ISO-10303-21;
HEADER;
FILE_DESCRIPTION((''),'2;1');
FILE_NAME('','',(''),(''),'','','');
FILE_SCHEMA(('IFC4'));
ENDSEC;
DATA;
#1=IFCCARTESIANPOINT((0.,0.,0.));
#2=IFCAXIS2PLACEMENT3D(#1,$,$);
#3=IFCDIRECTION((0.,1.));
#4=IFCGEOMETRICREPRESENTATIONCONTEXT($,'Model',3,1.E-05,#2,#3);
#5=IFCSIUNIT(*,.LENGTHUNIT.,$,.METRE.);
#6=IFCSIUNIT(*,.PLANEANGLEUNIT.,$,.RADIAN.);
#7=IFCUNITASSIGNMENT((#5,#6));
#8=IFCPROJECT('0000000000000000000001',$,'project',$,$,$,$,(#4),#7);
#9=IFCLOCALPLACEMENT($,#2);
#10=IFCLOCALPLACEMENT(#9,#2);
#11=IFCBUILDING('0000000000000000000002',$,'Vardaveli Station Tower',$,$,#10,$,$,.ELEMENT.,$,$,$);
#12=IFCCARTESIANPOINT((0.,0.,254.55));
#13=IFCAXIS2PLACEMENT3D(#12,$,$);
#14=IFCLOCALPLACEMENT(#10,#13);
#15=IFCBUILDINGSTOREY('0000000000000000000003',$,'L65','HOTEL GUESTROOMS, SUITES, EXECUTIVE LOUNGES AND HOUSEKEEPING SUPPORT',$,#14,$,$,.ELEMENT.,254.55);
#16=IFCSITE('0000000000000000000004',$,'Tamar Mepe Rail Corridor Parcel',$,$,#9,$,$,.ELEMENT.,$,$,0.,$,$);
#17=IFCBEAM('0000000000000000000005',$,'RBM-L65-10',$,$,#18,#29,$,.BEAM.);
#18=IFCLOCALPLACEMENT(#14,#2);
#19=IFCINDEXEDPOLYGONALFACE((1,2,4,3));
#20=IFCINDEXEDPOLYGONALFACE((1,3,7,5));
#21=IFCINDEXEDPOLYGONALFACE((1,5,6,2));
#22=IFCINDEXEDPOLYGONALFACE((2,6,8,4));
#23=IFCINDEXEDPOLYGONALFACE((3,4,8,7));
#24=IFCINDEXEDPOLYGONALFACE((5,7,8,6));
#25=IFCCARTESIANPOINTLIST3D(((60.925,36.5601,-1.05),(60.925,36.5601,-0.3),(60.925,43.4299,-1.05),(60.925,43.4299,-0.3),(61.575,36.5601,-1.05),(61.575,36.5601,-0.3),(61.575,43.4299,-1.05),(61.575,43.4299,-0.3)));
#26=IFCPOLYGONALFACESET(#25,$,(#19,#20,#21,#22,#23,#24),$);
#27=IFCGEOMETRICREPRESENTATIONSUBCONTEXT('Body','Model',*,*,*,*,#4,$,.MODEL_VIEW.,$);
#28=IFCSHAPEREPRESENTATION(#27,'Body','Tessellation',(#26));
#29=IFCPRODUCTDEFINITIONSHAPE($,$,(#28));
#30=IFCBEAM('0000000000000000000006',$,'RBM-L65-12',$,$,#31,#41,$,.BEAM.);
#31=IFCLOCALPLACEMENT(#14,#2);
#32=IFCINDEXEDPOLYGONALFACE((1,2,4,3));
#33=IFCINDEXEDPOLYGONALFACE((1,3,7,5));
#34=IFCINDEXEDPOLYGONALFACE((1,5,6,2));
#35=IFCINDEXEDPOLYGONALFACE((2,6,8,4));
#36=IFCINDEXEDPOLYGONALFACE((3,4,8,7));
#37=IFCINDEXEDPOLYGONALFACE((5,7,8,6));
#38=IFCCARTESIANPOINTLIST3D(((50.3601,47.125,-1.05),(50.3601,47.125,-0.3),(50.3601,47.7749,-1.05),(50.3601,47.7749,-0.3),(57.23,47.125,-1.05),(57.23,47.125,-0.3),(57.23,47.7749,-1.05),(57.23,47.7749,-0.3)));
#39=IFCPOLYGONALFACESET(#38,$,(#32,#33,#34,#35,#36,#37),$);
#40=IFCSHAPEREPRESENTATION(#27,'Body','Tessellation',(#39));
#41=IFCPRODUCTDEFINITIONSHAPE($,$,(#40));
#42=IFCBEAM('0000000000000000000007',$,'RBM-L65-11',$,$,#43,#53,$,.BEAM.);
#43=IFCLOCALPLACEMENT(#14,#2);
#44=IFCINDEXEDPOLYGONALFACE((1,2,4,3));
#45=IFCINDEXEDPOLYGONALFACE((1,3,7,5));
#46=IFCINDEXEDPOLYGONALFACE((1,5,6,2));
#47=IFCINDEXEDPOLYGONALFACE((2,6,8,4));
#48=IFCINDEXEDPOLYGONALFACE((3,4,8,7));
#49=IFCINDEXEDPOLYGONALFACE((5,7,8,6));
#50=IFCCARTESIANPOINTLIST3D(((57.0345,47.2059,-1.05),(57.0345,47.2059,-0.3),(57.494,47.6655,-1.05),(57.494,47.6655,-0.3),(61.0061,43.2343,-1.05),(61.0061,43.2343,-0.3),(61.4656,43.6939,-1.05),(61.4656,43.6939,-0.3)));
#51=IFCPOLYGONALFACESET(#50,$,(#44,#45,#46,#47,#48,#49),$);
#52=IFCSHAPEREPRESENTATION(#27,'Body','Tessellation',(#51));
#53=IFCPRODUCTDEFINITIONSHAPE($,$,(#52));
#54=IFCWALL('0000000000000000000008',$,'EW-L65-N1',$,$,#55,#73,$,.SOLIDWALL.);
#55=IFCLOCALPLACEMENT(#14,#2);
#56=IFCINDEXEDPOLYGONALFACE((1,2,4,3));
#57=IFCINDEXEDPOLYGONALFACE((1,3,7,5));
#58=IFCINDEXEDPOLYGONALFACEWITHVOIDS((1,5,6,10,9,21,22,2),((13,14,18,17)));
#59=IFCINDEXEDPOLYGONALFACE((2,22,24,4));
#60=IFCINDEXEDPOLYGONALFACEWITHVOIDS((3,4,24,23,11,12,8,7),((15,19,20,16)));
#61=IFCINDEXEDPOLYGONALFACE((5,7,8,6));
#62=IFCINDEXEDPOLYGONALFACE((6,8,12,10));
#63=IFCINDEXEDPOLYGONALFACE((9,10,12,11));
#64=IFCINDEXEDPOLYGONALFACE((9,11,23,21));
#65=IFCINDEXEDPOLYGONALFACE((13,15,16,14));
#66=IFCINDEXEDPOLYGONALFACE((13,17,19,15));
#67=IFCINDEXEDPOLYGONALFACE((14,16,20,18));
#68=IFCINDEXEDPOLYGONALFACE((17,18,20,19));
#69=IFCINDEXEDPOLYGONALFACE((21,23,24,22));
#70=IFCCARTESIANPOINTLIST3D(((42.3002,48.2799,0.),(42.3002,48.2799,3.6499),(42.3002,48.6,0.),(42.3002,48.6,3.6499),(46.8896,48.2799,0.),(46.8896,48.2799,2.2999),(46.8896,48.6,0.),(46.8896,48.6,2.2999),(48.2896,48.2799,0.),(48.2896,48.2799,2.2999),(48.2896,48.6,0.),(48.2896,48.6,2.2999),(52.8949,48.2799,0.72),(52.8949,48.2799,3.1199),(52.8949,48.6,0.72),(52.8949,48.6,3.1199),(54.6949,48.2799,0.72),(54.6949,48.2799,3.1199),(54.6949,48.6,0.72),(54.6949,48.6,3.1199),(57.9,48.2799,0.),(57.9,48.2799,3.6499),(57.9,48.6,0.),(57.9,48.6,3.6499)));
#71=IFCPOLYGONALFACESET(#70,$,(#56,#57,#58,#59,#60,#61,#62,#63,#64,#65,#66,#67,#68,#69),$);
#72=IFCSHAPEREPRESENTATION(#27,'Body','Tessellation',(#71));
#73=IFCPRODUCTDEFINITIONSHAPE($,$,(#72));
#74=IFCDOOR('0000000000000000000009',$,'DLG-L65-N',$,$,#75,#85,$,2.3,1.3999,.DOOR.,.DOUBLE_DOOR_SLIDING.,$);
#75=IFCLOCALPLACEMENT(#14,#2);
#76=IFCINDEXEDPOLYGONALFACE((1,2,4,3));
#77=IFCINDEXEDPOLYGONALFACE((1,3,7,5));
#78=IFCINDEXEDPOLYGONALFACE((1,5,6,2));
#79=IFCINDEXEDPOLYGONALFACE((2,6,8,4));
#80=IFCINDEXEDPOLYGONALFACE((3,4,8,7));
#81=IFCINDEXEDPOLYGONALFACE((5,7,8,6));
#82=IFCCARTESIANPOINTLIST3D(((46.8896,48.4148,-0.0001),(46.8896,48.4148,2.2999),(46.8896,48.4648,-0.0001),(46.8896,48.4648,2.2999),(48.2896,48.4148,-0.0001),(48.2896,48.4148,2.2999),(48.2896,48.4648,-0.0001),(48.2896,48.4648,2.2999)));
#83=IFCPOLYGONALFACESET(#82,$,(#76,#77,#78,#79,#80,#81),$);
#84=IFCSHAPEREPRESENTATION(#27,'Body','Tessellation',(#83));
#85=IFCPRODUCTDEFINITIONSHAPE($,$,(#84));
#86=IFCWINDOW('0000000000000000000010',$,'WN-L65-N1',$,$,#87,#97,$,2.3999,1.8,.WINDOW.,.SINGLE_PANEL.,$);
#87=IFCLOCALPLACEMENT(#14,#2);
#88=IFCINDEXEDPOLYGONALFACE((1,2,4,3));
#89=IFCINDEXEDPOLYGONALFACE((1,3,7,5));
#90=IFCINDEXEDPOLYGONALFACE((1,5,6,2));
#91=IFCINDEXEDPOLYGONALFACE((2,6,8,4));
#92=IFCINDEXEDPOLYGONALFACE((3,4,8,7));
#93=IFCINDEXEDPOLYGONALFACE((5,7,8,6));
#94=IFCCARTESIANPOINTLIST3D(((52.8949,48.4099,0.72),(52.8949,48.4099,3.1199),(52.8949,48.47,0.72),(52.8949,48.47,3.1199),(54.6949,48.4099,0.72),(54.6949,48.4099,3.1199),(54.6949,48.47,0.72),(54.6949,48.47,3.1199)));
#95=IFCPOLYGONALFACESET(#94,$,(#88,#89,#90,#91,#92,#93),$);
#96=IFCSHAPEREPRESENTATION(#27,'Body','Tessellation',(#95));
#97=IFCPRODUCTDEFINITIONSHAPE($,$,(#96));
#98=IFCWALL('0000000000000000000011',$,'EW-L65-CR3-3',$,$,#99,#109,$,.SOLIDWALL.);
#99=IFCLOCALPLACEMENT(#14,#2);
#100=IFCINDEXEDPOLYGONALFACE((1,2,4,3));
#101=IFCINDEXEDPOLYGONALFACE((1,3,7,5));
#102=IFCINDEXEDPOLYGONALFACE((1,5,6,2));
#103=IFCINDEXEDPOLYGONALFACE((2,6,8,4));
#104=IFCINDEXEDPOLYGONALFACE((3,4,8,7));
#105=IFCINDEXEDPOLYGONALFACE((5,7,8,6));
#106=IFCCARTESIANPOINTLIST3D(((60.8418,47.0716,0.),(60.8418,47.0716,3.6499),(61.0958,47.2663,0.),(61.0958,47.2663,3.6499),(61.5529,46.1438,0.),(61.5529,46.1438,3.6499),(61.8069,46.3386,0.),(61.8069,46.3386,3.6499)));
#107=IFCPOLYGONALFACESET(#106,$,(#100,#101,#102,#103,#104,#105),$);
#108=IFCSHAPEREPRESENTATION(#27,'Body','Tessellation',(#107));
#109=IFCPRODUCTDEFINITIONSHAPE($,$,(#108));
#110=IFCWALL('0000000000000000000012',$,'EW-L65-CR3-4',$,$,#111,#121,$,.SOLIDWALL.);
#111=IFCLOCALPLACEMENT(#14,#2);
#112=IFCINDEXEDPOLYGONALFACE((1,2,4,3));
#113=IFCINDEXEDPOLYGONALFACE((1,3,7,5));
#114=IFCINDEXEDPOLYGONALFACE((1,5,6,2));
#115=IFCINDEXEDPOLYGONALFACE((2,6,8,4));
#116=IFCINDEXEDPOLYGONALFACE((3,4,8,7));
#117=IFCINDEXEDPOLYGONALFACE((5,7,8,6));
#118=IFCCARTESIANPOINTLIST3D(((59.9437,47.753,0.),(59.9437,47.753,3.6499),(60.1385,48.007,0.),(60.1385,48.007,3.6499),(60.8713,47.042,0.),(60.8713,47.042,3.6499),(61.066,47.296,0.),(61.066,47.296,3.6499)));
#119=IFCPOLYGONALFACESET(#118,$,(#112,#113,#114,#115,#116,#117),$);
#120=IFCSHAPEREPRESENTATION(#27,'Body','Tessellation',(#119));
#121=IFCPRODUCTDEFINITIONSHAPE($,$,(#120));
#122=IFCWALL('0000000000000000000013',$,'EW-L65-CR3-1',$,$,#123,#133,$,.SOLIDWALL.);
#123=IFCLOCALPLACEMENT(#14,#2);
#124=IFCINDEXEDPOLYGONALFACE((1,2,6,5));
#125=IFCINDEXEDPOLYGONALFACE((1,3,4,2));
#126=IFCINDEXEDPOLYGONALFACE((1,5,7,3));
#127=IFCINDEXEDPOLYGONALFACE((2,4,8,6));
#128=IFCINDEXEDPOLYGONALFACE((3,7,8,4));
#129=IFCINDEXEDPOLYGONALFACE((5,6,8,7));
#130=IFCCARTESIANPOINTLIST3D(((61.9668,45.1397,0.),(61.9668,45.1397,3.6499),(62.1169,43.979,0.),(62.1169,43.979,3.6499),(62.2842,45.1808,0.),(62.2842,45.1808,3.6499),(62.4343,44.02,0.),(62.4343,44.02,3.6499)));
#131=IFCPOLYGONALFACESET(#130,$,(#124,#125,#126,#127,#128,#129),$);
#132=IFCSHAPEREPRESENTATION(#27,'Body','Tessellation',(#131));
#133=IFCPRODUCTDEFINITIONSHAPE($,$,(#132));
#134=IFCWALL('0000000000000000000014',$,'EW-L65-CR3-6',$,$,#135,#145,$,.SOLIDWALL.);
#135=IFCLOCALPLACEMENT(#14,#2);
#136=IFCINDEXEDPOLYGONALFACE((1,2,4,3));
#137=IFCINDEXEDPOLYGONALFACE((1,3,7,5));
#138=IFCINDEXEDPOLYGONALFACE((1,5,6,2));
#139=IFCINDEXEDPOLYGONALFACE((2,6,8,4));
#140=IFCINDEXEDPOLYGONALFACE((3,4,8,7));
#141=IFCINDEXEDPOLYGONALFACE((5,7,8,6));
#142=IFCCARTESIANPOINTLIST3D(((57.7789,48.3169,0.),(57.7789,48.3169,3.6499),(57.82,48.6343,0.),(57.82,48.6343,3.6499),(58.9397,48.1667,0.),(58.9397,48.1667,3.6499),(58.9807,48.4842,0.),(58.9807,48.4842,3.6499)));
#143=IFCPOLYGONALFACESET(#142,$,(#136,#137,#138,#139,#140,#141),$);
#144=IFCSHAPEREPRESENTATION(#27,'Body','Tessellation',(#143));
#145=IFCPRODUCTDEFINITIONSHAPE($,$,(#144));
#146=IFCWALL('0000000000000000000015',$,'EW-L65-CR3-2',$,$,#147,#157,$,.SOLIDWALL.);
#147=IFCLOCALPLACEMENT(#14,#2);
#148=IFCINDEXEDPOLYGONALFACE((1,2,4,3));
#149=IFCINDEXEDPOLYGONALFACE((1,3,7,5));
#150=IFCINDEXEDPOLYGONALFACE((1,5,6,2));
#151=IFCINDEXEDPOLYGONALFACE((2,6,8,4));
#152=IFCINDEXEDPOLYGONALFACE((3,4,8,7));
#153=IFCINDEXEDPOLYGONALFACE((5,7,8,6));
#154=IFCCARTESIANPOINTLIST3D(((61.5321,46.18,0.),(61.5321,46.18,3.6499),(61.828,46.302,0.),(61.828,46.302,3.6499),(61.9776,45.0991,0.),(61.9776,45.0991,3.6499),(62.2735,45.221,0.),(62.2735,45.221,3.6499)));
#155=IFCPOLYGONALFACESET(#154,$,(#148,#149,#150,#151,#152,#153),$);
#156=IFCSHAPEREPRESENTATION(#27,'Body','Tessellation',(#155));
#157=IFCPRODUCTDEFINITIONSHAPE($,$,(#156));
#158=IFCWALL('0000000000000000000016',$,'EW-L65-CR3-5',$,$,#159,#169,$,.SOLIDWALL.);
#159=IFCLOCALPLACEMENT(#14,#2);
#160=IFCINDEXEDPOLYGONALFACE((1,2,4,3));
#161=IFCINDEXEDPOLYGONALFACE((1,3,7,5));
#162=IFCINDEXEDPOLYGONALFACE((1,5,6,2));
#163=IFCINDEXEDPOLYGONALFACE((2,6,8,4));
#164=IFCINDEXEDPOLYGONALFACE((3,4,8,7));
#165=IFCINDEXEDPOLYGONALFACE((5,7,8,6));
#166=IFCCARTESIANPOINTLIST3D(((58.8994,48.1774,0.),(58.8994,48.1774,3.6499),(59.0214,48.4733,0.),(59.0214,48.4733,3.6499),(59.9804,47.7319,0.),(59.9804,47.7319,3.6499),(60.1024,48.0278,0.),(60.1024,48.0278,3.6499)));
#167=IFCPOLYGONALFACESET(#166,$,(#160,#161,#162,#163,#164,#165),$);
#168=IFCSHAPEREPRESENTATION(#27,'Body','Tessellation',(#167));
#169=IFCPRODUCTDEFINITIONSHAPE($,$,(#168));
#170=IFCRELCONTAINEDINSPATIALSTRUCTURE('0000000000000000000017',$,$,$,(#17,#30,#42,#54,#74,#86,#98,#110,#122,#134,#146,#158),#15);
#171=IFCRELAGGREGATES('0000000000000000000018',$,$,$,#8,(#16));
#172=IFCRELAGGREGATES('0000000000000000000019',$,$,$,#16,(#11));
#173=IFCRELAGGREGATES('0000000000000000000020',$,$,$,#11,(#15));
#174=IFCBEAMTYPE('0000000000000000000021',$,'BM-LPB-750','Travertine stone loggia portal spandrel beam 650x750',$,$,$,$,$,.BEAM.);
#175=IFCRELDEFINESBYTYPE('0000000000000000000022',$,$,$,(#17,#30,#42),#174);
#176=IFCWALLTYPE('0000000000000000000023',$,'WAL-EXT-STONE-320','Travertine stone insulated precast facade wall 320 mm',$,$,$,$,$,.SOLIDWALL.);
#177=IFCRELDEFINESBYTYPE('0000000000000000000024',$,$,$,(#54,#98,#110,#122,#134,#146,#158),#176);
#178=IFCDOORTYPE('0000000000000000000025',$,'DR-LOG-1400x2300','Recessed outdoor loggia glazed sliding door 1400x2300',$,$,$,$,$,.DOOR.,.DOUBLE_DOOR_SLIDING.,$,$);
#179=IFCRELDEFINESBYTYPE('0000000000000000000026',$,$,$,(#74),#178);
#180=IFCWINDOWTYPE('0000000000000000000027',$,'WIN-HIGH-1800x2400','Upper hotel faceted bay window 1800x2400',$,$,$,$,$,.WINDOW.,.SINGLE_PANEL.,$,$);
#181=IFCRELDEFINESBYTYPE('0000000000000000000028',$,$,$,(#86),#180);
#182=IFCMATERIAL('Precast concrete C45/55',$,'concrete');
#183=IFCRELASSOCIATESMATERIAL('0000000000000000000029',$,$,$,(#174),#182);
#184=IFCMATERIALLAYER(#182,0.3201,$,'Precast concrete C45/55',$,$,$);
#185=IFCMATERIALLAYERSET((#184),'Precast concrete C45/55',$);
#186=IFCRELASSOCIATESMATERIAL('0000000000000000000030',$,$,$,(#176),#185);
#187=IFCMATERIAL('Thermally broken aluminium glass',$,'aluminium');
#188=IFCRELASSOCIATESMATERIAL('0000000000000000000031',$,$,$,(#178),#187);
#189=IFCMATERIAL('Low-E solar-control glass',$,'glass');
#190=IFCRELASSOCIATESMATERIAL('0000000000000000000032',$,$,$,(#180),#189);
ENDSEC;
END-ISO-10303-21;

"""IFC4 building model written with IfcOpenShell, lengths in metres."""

from ifc_helpers import new_model, si_unit, direction, frame, frame_2d, origin, origin_2d, place, context, subcontext, project, spatial, rectangle, extrude, source, transform, mapped, material, layer, layer_set, material_profile, profile_set, type_object, element, fill, save


model = new_model("IFC4")

# Units and contexts
model_context = context("Model", 3, precision=1e-05, world=origin(), true_north=direction((0.0, 1.0)))
body_context = subcontext(model_context, "Body", "Model", "MODEL_VIEW")
ifc_project = project(units=[si_unit("LENGTHUNIT", "METRE"), si_unit("PLANEANGLEUNIT", "RADIAN")], contexts=[model_context])

# Site, building, storey
site_placement = place(None, origin())
site = spatial("IfcSite", under=ifc_project, at=site_placement, Name="Tamar Mepe Rail Corridor Parcel", CompositionType="ELEMENT", RefElevation=0.0)
building_placement = place(site_placement, origin())
building = spatial("IfcBuilding", under=site, at=building_placement, Name="Vardaveli Station Tower", CompositionType="ELEMENT")
storey_placement = place(building_placement, frame((0.0, 0.0, 254.55)))
storey = spatial("IfcBuildingStorey", under=building, at=storey_placement, Name="L65", Description="HOTEL GUESTROOMS, SUITES, EXECUTIVE LOUNGES AND HOUSEKEEPING SUPPORT", CompositionType="ELEMENT", Elevation=254.55)

# Beams
ifc_material_1 = material(Name="Precast concrete C45/55", Category="concrete")
ifc_material_profile_1 = material_profile(ifc_material_1, rectangle(XDim=0.6499, YDim=0.75, at=origin_2d()), Name="LPB 650x750")
ifc_profile_set_1 = profile_set([ifc_material_profile_1], Name="Precast concrete C45/55")
beam_type = type_object("IfcBeamType", Name="BM-LPB-750", Description="Travertine stone loggia portal spandrel beam 650x750", PredefinedType="BEAM", material=ifc_profile_set_1)
shared_shape_1 = source(origin(), body_context, "Body", "SweptSolid", [
    extrude(rectangle(XDim=0.6499, YDim=0.75, at=origin_2d()), origin(), (0.0, 0.0, 1.0), 6.8699),
])
for number, where, z_axis, x_axis, name in (
    (1, (61.25, 36.5601, -0.675), (0.0, 1.0, 0.0), (-1.0, 0.0, 0.0), "RBM-L65-10"),
    (2, (57.23, 47.45, -0.675), (-1.0, 0.0, 0.0), (0.0, -1.0, 0.0), "RBM-L65-12"),
):
    element("IfcBeam", number, at=place(storey_placement, frame(where, z_axis=z_axis, x_axis=x_axis)), inside=storey, type_object=beam_type, Name=name, PredefinedType="BEAM", context=body_context, shape_type="MappedRepresentation", body=[
        mapped(shared_shape_1, transform((0.0, 0.0, 0.0), scale=1.0)),
    ])
shared_shape_2 = source(origin(), body_context, "Body", "SweptSolid", [
    extrude(rectangle(XDim=0.6499, YDim=0.75, at=origin_2d()), origin(), (0.0, 0.0, 1.0), 5.6167),
])
beam_1_placement = place(storey_placement, frame((61.2358, 43.4641, -0.675), z_axis=(-0.707107, 0.707107, 0.0), x_axis=(-0.707107, -0.707107, 0.0)))
element("IfcBeam", 3, at=beam_1_placement, inside=storey, type_object=beam_type, Name="RBM-L65-11", PredefinedType="BEAM", context=body_context, shape_type="MappedRepresentation", body=[
    mapped(shared_shape_2, transform((0.0, 0.0, 0.0), scale=1.0)),
])

# Wall, openings, door, window
ifc_layer_1 = layer(ifc_material_1, 0.3201, Name="Precast concrete C45/55")
ifc_layer_set_1 = layer_set([ifc_layer_1], Name="Precast concrete C45/55")
wall_type_1 = type_object("IfcWallType", Name="WAL-EXT-STONE-320", Description="Travertine stone insulated precast facade wall 320 mm", PredefinedType="SOLIDWALL", material=ifc_layer_set_1)
shared_shape_3 = source(origin(), body_context, "Body", "SweptSolid", [
    extrude(rectangle(XDim=15.5999, YDim=0.3201, at=frame_2d((7.7998, 0.0))), origin(), (0.0, 0.0, 1.0), 3.6499),
])
wall_1_placement = place(storey_placement, frame((57.8999, 48.4399, 0.0), z_axis=(0.0, 0.0, 1.0), x_axis=(-1.0, 0.0, 0.0)))
wall_1 = element("IfcWall", 4, at=wall_1_placement, inside=storey, type_object=wall_type_1, Name="EW-L65-N1", PredefinedType="SOLIDWALL", context=body_context, shape_type="MappedRepresentation", body=[
    mapped(shared_shape_3, transform((0.0, 0.0, 0.0), scale=1.0)),
])
shared_shape_4 = source(origin(), body_context, "Body", "SweptSolid", [
    extrude(rectangle(XDim=1.3999, YDim=2.3, at=frame_2d((0.7, 1.1499))), frame((0.0, 0.1699, 0.0), z_axis=(0.0, -1.0, 0.0), x_axis=(1.0, 0.0, 0.0)), (0.0, 0.0, 1.0), 0.3401),
])
opening_1_placement = place(wall_1_placement, frame((9.6104, 0.0, 0.0)))
opening_1 = element("IfcOpeningElement", 5, at=opening_1_placement, cuts=wall_1, PredefinedType="OPENING", context=body_context, shape_type="MappedRepresentation", body=[
    mapped(shared_shape_4, transform((0.0, 0.0, 0.0), scale=1.0)),
])
shared_shape_5 = source(origin(), body_context, "Body", "SweptSolid", [
    extrude(rectangle(XDim=1.8, YDim=2.3999, at=frame_2d((0.8999, 1.2))), frame((0.0, 0.1699, 0.0), z_axis=(0.0, -1.0, 0.0), x_axis=(1.0, 0.0, 0.0)), (0.0, 0.0, 1.0), 0.3401),
])
opening_2_placement = place(wall_1_placement, frame((3.2051, 0.0, 0.72)))
opening_2 = element("IfcOpeningElement", 6, at=opening_2_placement, cuts=wall_1, PredefinedType="OPENING", context=body_context, shape_type="MappedRepresentation", body=[
    mapped(shared_shape_5, transform((0.0, 0.0, 0.0), scale=1.0)),
])
ifc_material_2 = material(Name="Thermally broken aluminium glass", Category="aluminium")
door_type = type_object("IfcDoorType", Name="DR-LOG-1400x2300", Description="Recessed outdoor loggia glazed sliding door 1400x2300", OperationType="DOUBLE_DOOR_SLIDING", PredefinedType="DOOR", material=ifc_material_2)
shared_shape_6 = source(origin(), body_context, "Body", "SweptSolid", [
    extrude(rectangle(XDim=1.3999, YDim=2.3, at=frame_2d((0.7, 1.1499))), frame((0.0, 0.0249, 0.0), z_axis=(0.0, -1.0, 0.0), x_axis=(1.0, 0.0, 0.0)), (0.0, 0.0, 1.0), 0.05),
])
door_placement = place(opening_1_placement, frame((1.3999, 0.0, 0.0), z_axis=(0.0, 0.0, 1.0), x_axis=(-1.0, 0.0, 0.0)))
door = element("IfcDoor", 7, at=door_placement, inside=storey, type_object=door_type, Name="DLG-L65-N", OperationType="DOUBLE_DOOR_SLIDING", OverallHeight=2.3, OverallWidth=1.3999, PredefinedType="DOOR", context=body_context, shape_type="MappedRepresentation", body=[
    mapped(shared_shape_6, transform((0.0, 0.0, 0.0), scale=1.0)),
])
fill(opening_1, door)
ifc_material_3 = material(Name="Low-E solar-control glass", Category="glass")
window_type = type_object("IfcWindowType", Name="WIN-HIGH-1800x2400", Description="Upper hotel faceted bay window 1800x2400", PartitioningType="SINGLE_PANEL", PredefinedType="WINDOW", material=ifc_material_3)
shared_shape_7 = source(origin(), body_context, "Body", "SweptSolid", [
    extrude(rectangle(XDim=1.8, YDim=2.3999, at=frame_2d((0.8999, 1.2))), frame((0.0, 0.03, 0.0), z_axis=(0.0, -1.0, 0.0), x_axis=(1.0, 0.0, 0.0)), (0.0, 0.0, 1.0), 0.0601),
])
window_placement = place(opening_2_placement, origin())
window = element("IfcWindow", 8, at=window_placement, inside=storey, type_object=window_type, Name="WN-L65-N1", OverallHeight=2.3999, OverallWidth=1.8, PartitioningType="SINGLE_PANEL", PredefinedType="WINDOW", context=body_context, shape_type="MappedRepresentation", body=[
    mapped(shared_shape_7, transform((0.0, 0.0, 0.0), scale=1.0)),
])
fill(opening_2, window)

# Walls
shared_shape_8 = source(origin(), body_context, "Body", "SweptSolid", [
    extrude(rectangle(XDim=1.1689, YDim=0.3201, at=frame_2d((0.5845, 0.0))), origin(), (0.0, 0.0, 1.0), 3.6499),
])
wall_2_placement = place(storey_placement, frame((61.6799, 46.2412, 0.0), z_axis=(0.0, 0.0, 1.0), x_axis=(-0.608388, 0.79364, 0.0)))
element("IfcWall", 9, at=wall_2_placement, inside=storey, type_object=wall_type_1, Name="EW-L65-CR3-3", PredefinedType="SOLIDWALL", context=body_context, shape_type="MappedRepresentation", body=[
    mapped(shared_shape_8, transform((0.0, 0.0, 0.0), scale=1.0)),
])
shared_shape_9 = source(origin(), body_context, "Body", "SweptSolid", [
    extrude(rectangle(XDim=1.1687, YDim=0.3201, at=frame_2d((0.5845, 0.0))), origin(), (0.0, 0.0, 1.0), 3.6499),
])
wall_3_placement = place(storey_placement, frame((60.9688, 47.1689, 0.0), z_axis=(0.0, 0.0, 1.0), x_axis=(-0.793664, 0.608357, 0.0)))
element("IfcWall", 10, at=wall_3_placement, inside=storey, type_object=wall_type_1, Name="EW-L65-CR3-4", PredefinedType="SOLIDWALL", context=body_context, shape_type="MappedRepresentation", body=[
    mapped(shared_shape_9, transform((0.0, 0.0, 0.0), scale=1.0)),
])
shared_shape_10 = source(origin(), body_context, "Body", "SweptSolid", [
    extrude(rectangle(XDim=1.1704, YDim=0.3201, at=frame_2d((0.5852, 0.0))), origin(), (0.0, 0.0, 1.0), 3.6499),
])
for number, where, z_axis, x_axis, name in (
    (11, (62.2756, 43.9995, 0.0), (0.0, 0.0, 1.0), (-0.128296, 0.991736, 0.0), "EW-L65-CR3-1"),
    (12, (58.9602, 48.3254, 0.0), (0.0, 0.0, 1.0), (-0.991736, 0.128296, 0.0), "EW-L65-CR3-6"),
):
    element("IfcWall", number, at=place(storey_placement, frame(where, z_axis=z_axis, x_axis=x_axis)), inside=storey, type_object=wall_type_1, Name=name, PredefinedType="SOLIDWALL", context=body_context, shape_type="MappedRepresentation", body=[
        mapped(shared_shape_10, transform((0.0, 0.0, 0.0), scale=1.0)),
    ])
shared_shape_11 = source(origin(), body_context, "Body", "SweptSolid", [
    extrude(rectangle(XDim=1.1692, YDim=0.3201, at=frame_2d((0.5845, 0.0))), origin(), (0.0, 0.0, 1.0), 3.6499),
])
for number, where, z_axis, x_axis, name in (
    (13, (62.1255, 45.1602, 0.0), (0.0, 0.0, 1.0), (-0.381054, 0.924553, 0.0), "EW-L65-CR3-2"),
    (14, (60.0413, 47.8799, 0.0), (0.0, 0.0, 1.0), (-0.924553, 0.381054, 0.0), "EW-L65-CR3-5"),
):
    element("IfcWall", number, at=place(storey_placement, frame(where, z_axis=z_axis, x_axis=x_axis)), inside=storey, type_object=wall_type_1, Name=name, PredefinedType="SOLIDWALL", context=body_context, shape_type="MappedRepresentation", body=[
        mapped(shared_shape_11, transform((0.0, 0.0, 0.0), scale=1.0)),
    ])

save(model, "model.ifc")
